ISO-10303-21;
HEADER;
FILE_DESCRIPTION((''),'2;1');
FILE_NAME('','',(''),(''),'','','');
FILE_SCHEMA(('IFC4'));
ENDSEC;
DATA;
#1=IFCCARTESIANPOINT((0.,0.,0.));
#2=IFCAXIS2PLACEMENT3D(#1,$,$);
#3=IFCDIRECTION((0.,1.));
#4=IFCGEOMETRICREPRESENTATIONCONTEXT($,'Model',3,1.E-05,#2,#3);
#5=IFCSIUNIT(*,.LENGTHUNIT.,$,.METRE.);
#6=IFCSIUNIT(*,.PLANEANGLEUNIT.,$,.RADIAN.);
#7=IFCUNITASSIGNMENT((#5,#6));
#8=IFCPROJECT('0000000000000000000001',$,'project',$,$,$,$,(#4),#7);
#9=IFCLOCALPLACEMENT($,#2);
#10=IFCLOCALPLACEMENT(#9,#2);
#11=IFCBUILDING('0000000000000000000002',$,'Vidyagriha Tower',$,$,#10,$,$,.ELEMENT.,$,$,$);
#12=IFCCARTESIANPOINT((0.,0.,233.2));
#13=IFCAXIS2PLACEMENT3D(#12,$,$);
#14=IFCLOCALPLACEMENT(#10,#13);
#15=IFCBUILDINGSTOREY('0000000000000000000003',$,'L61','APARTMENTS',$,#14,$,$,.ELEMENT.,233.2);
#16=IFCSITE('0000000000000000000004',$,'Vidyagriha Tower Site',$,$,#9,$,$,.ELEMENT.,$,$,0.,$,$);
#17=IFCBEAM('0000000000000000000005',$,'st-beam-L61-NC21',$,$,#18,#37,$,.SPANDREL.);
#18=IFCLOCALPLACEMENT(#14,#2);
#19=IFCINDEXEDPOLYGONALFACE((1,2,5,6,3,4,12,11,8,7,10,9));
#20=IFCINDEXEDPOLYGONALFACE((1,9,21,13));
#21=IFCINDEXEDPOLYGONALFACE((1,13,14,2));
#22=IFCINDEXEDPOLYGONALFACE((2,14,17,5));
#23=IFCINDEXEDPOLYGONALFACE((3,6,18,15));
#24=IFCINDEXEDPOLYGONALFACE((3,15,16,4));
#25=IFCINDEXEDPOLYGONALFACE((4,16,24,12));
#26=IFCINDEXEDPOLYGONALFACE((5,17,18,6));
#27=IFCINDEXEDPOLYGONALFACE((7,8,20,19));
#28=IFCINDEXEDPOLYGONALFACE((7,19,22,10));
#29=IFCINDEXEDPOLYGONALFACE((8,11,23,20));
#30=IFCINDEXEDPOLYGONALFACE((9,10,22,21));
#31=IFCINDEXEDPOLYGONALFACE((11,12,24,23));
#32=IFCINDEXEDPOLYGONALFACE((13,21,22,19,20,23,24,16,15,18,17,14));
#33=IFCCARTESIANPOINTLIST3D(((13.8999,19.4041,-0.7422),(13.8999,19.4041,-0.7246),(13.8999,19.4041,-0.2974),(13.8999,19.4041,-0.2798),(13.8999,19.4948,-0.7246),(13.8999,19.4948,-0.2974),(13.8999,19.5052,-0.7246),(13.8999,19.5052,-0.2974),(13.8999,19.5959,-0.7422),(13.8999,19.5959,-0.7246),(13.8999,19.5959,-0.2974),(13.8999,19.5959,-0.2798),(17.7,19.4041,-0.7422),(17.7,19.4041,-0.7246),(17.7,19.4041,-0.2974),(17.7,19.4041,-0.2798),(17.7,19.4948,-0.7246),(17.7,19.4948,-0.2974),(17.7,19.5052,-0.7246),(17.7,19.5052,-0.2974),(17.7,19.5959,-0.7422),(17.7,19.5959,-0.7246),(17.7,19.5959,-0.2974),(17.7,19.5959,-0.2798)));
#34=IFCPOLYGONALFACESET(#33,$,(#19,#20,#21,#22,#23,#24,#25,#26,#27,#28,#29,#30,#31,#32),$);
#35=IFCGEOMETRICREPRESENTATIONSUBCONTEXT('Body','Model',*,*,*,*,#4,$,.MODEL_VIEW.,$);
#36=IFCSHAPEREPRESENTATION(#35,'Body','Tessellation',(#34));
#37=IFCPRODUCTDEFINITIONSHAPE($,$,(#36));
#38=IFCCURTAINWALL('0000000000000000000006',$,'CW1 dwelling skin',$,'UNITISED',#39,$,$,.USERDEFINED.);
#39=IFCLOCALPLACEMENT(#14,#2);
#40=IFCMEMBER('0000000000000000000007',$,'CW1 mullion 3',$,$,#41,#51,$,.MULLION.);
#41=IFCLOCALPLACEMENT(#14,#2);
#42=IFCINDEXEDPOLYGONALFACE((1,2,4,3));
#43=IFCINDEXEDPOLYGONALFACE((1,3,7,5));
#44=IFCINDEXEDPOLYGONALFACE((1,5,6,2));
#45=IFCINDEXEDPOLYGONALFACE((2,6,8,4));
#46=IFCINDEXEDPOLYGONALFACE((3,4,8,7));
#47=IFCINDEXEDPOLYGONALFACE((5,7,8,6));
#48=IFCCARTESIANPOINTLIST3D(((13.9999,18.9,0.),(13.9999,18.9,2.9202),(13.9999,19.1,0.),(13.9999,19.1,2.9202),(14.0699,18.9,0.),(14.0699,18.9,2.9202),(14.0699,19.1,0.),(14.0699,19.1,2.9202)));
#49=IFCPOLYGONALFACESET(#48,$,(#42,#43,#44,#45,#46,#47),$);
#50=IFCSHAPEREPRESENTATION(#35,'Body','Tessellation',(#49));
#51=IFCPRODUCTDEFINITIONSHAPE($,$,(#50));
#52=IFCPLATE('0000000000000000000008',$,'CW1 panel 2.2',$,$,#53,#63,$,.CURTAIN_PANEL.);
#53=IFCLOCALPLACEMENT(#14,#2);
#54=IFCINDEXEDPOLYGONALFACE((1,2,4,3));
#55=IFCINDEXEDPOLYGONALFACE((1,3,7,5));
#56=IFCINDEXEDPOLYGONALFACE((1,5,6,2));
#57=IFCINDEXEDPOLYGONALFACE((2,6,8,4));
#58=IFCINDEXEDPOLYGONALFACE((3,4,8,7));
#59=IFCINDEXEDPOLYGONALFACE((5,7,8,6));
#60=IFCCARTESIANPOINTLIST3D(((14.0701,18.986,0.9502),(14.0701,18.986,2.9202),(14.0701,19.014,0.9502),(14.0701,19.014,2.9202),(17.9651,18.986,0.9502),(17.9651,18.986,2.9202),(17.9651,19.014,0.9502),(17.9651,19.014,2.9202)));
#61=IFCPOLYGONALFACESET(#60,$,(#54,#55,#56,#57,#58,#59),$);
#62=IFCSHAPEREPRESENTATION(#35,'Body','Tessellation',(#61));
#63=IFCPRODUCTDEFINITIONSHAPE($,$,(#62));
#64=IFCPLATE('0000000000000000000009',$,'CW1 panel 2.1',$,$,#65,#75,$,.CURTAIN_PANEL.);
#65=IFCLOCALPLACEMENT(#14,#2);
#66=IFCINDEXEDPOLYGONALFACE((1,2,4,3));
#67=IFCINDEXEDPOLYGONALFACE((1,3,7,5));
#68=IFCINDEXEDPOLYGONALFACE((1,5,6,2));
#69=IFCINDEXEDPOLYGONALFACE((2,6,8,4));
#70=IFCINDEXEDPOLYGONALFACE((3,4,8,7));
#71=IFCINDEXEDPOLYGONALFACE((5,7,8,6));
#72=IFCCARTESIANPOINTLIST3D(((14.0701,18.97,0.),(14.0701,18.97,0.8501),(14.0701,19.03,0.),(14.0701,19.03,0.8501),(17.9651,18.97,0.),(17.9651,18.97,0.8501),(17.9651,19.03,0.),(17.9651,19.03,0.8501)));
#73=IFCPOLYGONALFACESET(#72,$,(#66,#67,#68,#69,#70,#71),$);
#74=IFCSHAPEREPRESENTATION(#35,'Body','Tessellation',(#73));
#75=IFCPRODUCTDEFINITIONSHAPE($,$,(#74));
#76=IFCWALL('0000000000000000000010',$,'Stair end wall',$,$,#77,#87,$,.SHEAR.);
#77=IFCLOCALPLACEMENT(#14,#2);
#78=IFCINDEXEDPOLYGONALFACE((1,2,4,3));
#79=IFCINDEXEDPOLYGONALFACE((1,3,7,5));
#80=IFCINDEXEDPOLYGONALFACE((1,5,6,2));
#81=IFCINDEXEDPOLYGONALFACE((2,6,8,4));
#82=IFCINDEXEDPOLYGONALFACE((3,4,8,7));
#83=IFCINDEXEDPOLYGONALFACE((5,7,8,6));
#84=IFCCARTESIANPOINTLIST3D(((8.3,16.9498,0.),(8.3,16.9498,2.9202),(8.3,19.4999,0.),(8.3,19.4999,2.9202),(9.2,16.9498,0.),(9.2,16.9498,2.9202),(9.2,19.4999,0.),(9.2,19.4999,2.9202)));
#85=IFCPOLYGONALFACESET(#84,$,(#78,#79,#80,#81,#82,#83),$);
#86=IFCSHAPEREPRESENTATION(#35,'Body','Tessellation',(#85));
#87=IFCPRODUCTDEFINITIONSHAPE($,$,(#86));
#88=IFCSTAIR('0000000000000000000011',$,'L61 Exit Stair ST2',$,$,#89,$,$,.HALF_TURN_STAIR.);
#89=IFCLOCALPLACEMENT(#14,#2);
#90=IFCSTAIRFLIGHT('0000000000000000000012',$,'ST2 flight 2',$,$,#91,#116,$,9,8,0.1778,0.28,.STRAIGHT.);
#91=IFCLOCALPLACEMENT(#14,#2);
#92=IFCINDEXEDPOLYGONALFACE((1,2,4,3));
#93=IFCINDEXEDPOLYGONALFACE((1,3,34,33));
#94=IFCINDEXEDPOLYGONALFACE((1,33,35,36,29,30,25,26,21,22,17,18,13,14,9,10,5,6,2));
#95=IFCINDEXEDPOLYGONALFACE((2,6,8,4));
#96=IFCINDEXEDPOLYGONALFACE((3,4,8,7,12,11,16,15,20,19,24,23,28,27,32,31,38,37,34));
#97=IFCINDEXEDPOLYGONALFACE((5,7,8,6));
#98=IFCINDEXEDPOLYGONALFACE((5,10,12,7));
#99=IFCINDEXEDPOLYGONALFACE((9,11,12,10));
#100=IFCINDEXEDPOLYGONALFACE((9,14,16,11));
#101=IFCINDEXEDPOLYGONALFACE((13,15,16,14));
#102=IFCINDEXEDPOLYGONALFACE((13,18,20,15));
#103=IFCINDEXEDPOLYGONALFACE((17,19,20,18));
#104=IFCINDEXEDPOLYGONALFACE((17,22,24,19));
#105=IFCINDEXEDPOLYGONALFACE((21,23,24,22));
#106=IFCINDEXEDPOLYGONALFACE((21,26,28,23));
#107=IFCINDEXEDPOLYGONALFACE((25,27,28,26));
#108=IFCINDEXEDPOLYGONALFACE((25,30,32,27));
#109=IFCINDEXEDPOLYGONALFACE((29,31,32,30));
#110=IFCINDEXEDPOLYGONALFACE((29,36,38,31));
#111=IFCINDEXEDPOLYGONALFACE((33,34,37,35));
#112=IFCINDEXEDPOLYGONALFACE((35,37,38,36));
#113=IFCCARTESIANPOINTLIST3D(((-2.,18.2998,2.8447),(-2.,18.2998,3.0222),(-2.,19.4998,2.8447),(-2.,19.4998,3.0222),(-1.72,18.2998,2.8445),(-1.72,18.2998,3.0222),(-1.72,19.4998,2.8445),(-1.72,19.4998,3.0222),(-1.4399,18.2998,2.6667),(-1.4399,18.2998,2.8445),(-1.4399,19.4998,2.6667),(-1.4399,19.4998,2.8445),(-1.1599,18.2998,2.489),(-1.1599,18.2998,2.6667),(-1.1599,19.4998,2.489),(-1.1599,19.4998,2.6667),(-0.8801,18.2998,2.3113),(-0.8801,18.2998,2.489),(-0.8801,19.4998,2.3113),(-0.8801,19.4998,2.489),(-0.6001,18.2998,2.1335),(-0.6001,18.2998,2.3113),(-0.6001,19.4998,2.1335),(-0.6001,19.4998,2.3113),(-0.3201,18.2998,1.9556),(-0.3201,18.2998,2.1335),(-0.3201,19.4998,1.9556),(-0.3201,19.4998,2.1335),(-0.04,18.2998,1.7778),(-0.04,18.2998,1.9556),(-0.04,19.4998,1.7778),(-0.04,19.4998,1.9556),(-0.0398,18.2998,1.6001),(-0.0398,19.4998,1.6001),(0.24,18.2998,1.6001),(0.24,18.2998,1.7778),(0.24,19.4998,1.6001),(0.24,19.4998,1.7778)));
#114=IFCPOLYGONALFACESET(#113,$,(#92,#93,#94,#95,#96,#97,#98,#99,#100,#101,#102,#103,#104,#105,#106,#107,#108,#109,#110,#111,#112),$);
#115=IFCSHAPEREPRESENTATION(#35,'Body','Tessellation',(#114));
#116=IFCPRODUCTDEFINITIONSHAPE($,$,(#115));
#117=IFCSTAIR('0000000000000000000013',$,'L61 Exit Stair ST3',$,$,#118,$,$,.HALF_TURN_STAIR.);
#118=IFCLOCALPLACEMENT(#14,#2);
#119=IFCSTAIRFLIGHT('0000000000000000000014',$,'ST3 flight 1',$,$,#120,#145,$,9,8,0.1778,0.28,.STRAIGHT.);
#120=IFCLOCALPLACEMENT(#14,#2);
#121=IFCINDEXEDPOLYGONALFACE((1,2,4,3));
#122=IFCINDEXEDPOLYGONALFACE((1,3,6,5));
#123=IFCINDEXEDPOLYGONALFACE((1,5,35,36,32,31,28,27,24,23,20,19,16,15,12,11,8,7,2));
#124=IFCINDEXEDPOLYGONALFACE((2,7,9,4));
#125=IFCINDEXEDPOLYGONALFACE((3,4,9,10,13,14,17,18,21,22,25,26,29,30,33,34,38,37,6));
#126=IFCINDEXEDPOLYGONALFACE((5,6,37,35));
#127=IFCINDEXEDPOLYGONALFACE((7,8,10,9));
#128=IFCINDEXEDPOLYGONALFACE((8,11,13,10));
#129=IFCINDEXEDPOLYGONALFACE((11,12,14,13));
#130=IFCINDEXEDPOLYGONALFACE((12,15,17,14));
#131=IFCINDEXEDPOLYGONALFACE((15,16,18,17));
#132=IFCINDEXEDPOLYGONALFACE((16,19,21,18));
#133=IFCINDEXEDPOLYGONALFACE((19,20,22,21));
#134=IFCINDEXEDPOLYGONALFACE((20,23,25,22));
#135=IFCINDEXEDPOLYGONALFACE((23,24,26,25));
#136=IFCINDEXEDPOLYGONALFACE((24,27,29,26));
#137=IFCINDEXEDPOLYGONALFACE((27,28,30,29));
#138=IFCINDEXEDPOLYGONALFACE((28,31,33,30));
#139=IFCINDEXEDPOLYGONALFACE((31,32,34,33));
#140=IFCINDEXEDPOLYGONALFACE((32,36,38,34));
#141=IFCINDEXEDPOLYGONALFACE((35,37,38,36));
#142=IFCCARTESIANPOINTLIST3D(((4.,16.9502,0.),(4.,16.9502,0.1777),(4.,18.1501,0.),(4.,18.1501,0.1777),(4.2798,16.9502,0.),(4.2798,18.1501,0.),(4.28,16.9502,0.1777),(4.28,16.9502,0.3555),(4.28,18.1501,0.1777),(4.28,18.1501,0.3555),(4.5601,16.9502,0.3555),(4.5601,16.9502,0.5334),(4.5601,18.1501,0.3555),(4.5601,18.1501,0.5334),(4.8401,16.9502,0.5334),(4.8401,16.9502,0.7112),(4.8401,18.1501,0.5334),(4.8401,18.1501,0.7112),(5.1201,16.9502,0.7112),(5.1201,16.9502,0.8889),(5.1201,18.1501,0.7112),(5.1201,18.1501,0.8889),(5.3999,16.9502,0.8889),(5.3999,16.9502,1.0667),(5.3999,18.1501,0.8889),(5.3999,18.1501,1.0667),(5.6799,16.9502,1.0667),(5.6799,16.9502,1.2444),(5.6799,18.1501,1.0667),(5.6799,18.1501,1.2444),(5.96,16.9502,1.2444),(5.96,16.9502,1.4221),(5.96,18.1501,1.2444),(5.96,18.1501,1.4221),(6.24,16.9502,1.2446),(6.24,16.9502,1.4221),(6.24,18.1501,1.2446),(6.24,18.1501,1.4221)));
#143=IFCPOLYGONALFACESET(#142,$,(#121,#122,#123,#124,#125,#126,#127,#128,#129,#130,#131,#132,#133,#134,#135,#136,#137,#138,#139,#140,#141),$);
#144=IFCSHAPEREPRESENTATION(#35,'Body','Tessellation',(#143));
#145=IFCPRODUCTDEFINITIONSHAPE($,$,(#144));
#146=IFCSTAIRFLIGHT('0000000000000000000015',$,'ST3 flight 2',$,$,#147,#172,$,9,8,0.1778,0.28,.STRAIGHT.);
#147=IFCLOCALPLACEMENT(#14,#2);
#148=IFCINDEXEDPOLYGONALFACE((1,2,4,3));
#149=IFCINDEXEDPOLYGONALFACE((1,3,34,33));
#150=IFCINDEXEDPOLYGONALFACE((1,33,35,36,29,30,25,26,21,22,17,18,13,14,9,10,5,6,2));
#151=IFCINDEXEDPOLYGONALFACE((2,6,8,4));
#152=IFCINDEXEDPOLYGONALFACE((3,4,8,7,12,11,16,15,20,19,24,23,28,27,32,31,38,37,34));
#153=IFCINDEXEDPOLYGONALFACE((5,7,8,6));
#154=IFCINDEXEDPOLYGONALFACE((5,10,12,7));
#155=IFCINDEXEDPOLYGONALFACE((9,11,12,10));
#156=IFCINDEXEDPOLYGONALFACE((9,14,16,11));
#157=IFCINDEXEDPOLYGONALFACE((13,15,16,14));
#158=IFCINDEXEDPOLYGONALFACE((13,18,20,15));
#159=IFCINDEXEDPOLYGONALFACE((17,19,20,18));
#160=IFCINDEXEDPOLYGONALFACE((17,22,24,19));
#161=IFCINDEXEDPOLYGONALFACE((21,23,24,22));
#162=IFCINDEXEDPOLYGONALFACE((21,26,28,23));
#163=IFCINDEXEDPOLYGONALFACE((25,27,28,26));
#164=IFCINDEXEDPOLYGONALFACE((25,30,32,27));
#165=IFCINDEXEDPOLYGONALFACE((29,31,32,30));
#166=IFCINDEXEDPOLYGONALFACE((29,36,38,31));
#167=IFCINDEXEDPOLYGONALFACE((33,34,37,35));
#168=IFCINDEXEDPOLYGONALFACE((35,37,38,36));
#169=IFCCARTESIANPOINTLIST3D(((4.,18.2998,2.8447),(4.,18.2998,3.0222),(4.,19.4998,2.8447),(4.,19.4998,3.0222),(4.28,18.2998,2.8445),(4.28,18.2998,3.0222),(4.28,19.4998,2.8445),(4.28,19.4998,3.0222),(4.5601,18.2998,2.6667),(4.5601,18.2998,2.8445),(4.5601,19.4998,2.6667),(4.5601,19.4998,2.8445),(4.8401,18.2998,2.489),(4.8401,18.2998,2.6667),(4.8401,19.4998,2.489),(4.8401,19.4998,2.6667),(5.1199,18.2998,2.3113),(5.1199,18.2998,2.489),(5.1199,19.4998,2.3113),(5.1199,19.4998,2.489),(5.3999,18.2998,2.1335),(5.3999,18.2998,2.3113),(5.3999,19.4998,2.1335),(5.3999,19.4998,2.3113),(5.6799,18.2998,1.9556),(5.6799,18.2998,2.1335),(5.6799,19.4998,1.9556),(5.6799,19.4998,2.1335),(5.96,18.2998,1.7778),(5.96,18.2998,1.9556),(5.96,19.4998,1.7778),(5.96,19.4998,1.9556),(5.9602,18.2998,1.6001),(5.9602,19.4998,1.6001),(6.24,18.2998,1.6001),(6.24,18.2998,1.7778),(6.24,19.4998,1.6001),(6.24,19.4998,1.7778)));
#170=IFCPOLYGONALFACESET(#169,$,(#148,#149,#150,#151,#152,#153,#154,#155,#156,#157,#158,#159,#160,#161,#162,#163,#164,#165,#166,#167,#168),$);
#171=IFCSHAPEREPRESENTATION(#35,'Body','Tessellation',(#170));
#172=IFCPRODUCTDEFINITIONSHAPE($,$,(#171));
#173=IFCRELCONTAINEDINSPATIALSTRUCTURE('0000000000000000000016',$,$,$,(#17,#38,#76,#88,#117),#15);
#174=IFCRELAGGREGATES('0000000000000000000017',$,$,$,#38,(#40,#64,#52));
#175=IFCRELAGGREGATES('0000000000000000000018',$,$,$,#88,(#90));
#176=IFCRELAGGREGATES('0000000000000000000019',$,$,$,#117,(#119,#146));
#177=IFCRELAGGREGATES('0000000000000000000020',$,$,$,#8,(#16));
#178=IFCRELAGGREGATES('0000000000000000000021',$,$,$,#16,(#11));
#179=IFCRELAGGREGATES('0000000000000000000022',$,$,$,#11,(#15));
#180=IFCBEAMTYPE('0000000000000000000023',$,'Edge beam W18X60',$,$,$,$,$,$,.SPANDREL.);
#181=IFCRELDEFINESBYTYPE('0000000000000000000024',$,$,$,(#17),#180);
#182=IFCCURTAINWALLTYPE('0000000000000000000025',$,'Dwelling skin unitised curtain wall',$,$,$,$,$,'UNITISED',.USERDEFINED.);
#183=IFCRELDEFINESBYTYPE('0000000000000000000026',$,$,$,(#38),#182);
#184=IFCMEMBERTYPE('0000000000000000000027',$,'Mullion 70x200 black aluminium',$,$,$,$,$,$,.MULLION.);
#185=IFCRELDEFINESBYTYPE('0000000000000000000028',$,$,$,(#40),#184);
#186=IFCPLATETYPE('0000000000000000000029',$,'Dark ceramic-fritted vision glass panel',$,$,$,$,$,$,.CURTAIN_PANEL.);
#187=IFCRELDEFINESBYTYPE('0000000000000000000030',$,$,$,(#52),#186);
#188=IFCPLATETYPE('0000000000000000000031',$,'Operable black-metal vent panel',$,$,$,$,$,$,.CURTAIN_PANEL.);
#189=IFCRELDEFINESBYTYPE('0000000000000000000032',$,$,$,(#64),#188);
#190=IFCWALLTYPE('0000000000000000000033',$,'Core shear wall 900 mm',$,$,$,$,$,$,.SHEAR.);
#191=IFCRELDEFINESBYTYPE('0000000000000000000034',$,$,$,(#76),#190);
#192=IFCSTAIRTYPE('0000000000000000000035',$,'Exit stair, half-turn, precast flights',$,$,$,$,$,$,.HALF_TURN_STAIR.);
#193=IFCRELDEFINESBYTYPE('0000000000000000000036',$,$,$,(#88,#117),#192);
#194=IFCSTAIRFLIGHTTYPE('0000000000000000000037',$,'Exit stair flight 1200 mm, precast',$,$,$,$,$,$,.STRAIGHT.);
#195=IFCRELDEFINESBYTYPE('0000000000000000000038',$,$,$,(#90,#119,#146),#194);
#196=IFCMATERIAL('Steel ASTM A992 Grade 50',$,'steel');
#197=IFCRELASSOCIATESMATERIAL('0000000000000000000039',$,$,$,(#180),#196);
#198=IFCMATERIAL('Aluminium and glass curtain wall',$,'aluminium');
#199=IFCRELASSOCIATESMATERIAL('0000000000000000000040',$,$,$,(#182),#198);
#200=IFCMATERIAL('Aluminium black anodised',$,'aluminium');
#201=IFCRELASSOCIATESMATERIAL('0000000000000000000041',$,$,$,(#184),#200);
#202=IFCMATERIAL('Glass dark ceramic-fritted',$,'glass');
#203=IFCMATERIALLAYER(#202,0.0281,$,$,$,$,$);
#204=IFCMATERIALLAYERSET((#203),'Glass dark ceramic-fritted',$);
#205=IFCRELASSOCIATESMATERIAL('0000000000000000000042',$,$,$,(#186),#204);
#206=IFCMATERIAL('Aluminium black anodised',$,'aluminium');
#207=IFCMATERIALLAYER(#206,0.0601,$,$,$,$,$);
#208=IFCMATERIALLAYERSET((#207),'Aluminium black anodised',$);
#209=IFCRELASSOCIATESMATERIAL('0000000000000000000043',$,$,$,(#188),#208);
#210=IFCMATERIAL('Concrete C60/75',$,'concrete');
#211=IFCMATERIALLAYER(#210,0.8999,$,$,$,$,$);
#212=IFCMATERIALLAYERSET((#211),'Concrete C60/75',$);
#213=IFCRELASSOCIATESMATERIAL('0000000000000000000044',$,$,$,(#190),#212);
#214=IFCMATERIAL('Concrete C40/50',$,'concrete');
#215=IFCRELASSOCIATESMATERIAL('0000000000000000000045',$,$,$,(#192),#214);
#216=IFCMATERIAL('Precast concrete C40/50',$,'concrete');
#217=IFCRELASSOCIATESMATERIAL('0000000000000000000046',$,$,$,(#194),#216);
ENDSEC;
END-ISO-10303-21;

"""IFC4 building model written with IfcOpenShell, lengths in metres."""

from ifc_helpers import new_model, si_unit, direction, frame, frame_2d, origin, origin_2d, place, context, subcontext, project, spatial, polyline, rectangle, i_section, outline, extrude, material, layer, layer_set, material_profile, profile_set, type_object, element, aggregate, save


model = new_model("IFC4")

# Units and contexts
model_context = context("Model", 3, precision=1e-05, world=origin(), true_north=direction((0.0, 1.0)))
body_context = subcontext(model_context, "Body", "Model", "MODEL_VIEW")
ifc_project = project(units=[si_unit("LENGTHUNIT", "METRE"), si_unit("PLANEANGLEUNIT", "RADIAN")], contexts=[model_context])

# Site, building, storey
site_placement = place(None, origin())
site = spatial("IfcSite", under=ifc_project, at=site_placement, Name="Vidyagriha Tower Site", CompositionType="ELEMENT", RefElevation=0.0)
building_placement = place(site_placement, origin())
building = spatial("IfcBuilding", under=site, at=building_placement, Name="Vidyagriha Tower", CompositionType="ELEMENT")
storey_placement = place(building_placement, frame((0.0, 0.0, 233.2)))
storey = spatial("IfcBuildingStorey", under=building, at=storey_placement, Name="L61", Description="APARTMENTS", CompositionType="ELEMENT", Elevation=233.2)

# Beam
ifc_material_1 = material(Name="Steel ASTM A992 Grade 50", Category="steel")
ifc_material_profile_1 = material_profile(ifc_material_1, i_section(OverallWidth=0.1919, OverallDepth=0.4624, WebThickness=0.0105, FlangeThickness=0.0176, at=origin_2d()), Name="W18X60")
ifc_profile_set_1 = profile_set([ifc_material_profile_1], Name="Steel ASTM A992 Grade 50")
beam_type = type_object("IfcBeamType", Name="Edge beam W18X60", PredefinedType="SPANDREL", material=ifc_profile_set_1)
beam_placement = place(storey_placement, frame((13.8999, 19.5, -0.511), z_axis=(1.0, 0.0, 0.0), x_axis=(0.0, 1.0, 0.0)))
element("IfcBeam", 1, at=beam_placement, inside=storey, type_object=beam_type, Name="st-beam-L61-NC21", PredefinedType="SPANDREL", context=body_context, shape_type="SweptSolid", body=[
    extrude(i_section(OverallWidth=0.1919, OverallDepth=0.4624, WebThickness=0.0105, FlangeThickness=0.0176, at=origin_2d()), origin(), (0.0, 0.0, 1.0), 3.8),
])

# Curtain wall, member, plates
ifc_material_2 = material(Name="Aluminium and glass curtain wall", Category="aluminium")
curtain_wall_type = type_object("IfcCurtainWallType", Name="Dwelling skin unitised curtain wall", ElementType="UNITISED", PredefinedType="USERDEFINED", material=ifc_material_2)
curtain_wall_placement = place(storey_placement, origin())
curtain_wall = element("IfcCurtainWall", 2, at=curtain_wall_placement, inside=storey, type_object=curtain_wall_type, Name="CW1 dwelling skin", ObjectType="UNITISED", PredefinedType="USERDEFINED")
ifc_material_3 = material(Name="Aluminium black anodised", Category="aluminium")
ifc_material_profile_2 = material_profile(ifc_material_3, rectangle(XDim=0.2, YDim=0.0701, at=origin_2d()), Name="Mullion 70x200 black aluminium")
ifc_profile_set_2 = profile_set([ifc_material_profile_2], Name="Aluminium black anodised")
member_type = type_object("IfcMemberType", Name="Mullion 70x200 black aluminium", PredefinedType="MULLION", material=ifc_profile_set_2)
member_placement = place(storey_placement, frame((14.0349, 19.0, 0.0), z_axis=(0.0, 0.0, 1.0), x_axis=(0.0, -1.0, 0.0)))
member = element("IfcMember", 3, at=member_placement, type_object=member_type, Name="CW1 mullion 3", PredefinedType="MULLION", context=body_context, shape_type="SweptSolid", body=[
    extrude(rectangle(XDim=0.2, YDim=0.0701, at=origin_2d()), origin(), (0.0, 0.0, 1.0), 2.9202),
])
ifc_material_4 = material(Name="Glass dark ceramic-fritted", Category="glass")
ifc_layer_1 = layer(ifc_material_4, 0.0281)
ifc_layer_set_1 = layer_set([ifc_layer_1], Name="Glass dark ceramic-fritted")
plate_type_1 = type_object("IfcPlateType", Name="Dark ceramic-fritted vision glass panel", PredefinedType="CURTAIN_PANEL", material=ifc_layer_set_1)
plate_1_placement = place(storey_placement, frame((16.0176, 19.0, 0.9502), z_axis=(0.0, 0.0, 1.0), x_axis=(-1.0, 0.0, 0.0)))
plate_1 = element("IfcPlate", 4, at=plate_1_placement, type_object=plate_type_1, Name="CW1 panel 2.2", PredefinedType="CURTAIN_PANEL", context=body_context, shape_type="SweptSolid", body=[
    extrude(rectangle(XDim=3.895, YDim=0.0281, at=origin_2d()), origin(), (0.0, 0.0, 1.0), 1.97),
])
ifc_material_5 = material(Name="Aluminium black anodised", Category="aluminium")
ifc_layer_2 = layer(ifc_material_5, 0.0601)
ifc_layer_set_2 = layer_set([ifc_layer_2], Name="Aluminium black anodised")
plate_type_2 = type_object("IfcPlateType", Name="Operable black-metal vent panel", PredefinedType="CURTAIN_PANEL", material=ifc_layer_set_2)
plate_2_placement = place(storey_placement, frame((16.0176, 19.0, 0.0), z_axis=(0.0, 0.0, 1.0), x_axis=(-1.0, 0.0, 0.0)))
plate_2 = element("IfcPlate", 5, at=plate_2_placement, type_object=plate_type_2, Name="CW1 panel 2.1", PredefinedType="CURTAIN_PANEL", context=body_context, shape_type="SweptSolid", body=[
    extrude(rectangle(XDim=3.895, YDim=0.0601, at=origin_2d()), origin(), (0.0, 0.0, 1.0), 0.8501),
])
aggregate(curtain_wall, [member, plate_2, plate_1])

# Wall
ifc_material_6 = material(Name="Concrete C60/75", Category="concrete")
ifc_layer_3 = layer(ifc_material_6, 0.8999)
ifc_layer_set_3 = layer_set([ifc_layer_3], Name="Concrete C60/75")
wall_type = type_object("IfcWallType", Name="Core shear wall 900 mm", PredefinedType="SHEAR", material=ifc_layer_set_3)
wall_placement = place(storey_placement, frame((8.75, 16.95, 0.0), z_axis=(0.0, 0.0, 1.0), x_axis=(0.0, 1.0, 0.0)))
element("IfcWall", 6, at=wall_placement, inside=storey, type_object=wall_type, Name="Stair end wall", PredefinedType="SHEAR", context=body_context, shape_type="SweptSolid", body=[
    extrude(rectangle(XDim=2.55, YDim=0.8999, at=frame_2d((1.2749, 0.0))), origin(), (0.0, 0.0, 1.0), 2.9202),
])

# Stair, stair flight
ifc_material_7 = material(Name="Concrete C40/50", Category="concrete")
stair_type = type_object("IfcStairType", Name="Exit stair, half-turn, precast flights", PredefinedType="HALF_TURN_STAIR", material=ifc_material_7)
stair_1_placement = place(storey_placement, origin())
stair_1 = element("IfcStair", 7, at=stair_1_placement, inside=storey, type_object=stair_type, Name="L61 Exit Stair ST2", PredefinedType="HALF_TURN_STAIR")
ifc_material_8 = material(Name="Precast concrete C40/50", Category="concrete")
stair_flight_type = type_object("IfcStairFlightType", Name="Exit stair flight 1200 mm, precast", PredefinedType="STRAIGHT", material=ifc_material_8)
stair_flight_1_placement = place(storey_placement, frame((0.24, 18.8999, 1.6001), z_axis=(0.0, 0.0, 1.0), x_axis=(-1.0, 0.0, 0.0)))
stair_flight_1 = element("IfcStairFlight", 8, at=stair_flight_1_placement, type_object=stair_flight_type, Name="ST2 flight 2", NumberOfRisers=9, NumberOfTreads=8, PredefinedType="STRAIGHT", RiserHeight=0.1778, TreadLength=0.28, context=body_context, shape_type="SweptSolid", body=[
    extrude(outline(polyline([(0.0, 0.0), (0.0, 0.1777), (0.28, 0.1777), (0.28, 0.3555), (0.5601, 0.3555), (0.5601, 0.5334), (0.8401, 0.5334), (0.8401, 0.7112), (1.1201, 0.7112), (1.1201, 0.8889), (1.3999, 0.8889), (1.3999, 1.0667), (1.6799, 1.0667), (1.6799, 1.2444), (1.96, 1.2444), (1.96, 1.4221), (2.24, 1.4221), (2.24, 1.6001), (2.24, 1.2446), (0.2798, 0.0), (0.0, 0.0)])), frame((0.0, 0.6001, 0.0), z_axis=(0.0, -1.0, 0.0), x_axis=(1.0, 0.0, 0.0)), (0.0, 0.0, 1.0), 1.2),
])
aggregate(stair_1, [stair_flight_1])

# Stair, stair flights
stair_2_placement = place(storey_placement, origin())
stair_2 = element("IfcStair", 9, at=stair_2_placement, inside=storey, type_object=stair_type, Name="L61 Exit Stair ST3", PredefinedType="HALF_TURN_STAIR")
stair_flight_2_placement = place(storey_placement, frame((4.0, 17.55, 0.0)))
stair_flight_2 = element("IfcStairFlight", 10, at=stair_flight_2_placement, type_object=stair_flight_type, Name="ST3 flight 1", NumberOfRisers=9, NumberOfTreads=8, PredefinedType="STRAIGHT", RiserHeight=0.1778, TreadLength=0.28, context=body_context, shape_type="SweptSolid", body=[
    extrude(outline(polyline([(0.0, 0.0), (0.0, 0.1777), (0.28, 0.1777), (0.28, 0.3555), (0.5601, 0.3555), (0.5601, 0.5334), (0.8401, 0.5334), (0.8401, 0.7112), (1.1201, 0.7112), (1.1201, 0.8889), (1.3999, 0.8889), (1.3999, 1.0667), (1.6799, 1.0667), (1.6799, 1.2444), (1.96, 1.2444), (1.96, 1.4221), (2.24, 1.4221), (2.24, 1.6001), (2.24, 1.2446), (0.2798, 0.0), (0.0, 0.0)])), frame((0.0, 0.6001, 0.0), z_axis=(0.0, -1.0, 0.0), x_axis=(1.0, 0.0, 0.0)), (0.0, 0.0, 1.0), 1.2),
])
stair_flight_3_placement = place(storey_placement, frame((6.24, 18.8999, 1.6001), z_axis=(0.0, 0.0, 1.0), x_axis=(-1.0, 0.0, 0.0)))
stair_flight_3 = element("IfcStairFlight", 11, at=stair_flight_3_placement, type_object=stair_flight_type, Name="ST3 flight 2", NumberOfRisers=9, NumberOfTreads=8, PredefinedType="STRAIGHT", RiserHeight=0.1778, TreadLength=0.28, context=body_context, shape_type="SweptSolid", body=[
    extrude(outline(polyline([(0.0, 0.0), (0.0, 0.1777), (0.28, 0.1777), (0.28, 0.3555), (0.5601, 0.3555), (0.5601, 0.5334), (0.8401, 0.5334), (0.8401, 0.7112), (1.1201, 0.7112), (1.1201, 0.8889), (1.3999, 0.8889), (1.3999, 1.0667), (1.6799, 1.0667), (1.6799, 1.2444), (1.96, 1.2444), (1.96, 1.4221), (2.24, 1.4221), (2.24, 1.6001), (2.24, 1.2446), (0.2798, 0.0), (0.0, 0.0)])), frame((0.0, 0.6001, 0.0), z_axis=(0.0, -1.0, 0.0), x_axis=(1.0, 0.0, 0.0)), (0.0, 0.0, 1.0), 1.2),
])
aggregate(stair_2, [stair_flight_2, stair_flight_3])

save(model, "model.ifc")
